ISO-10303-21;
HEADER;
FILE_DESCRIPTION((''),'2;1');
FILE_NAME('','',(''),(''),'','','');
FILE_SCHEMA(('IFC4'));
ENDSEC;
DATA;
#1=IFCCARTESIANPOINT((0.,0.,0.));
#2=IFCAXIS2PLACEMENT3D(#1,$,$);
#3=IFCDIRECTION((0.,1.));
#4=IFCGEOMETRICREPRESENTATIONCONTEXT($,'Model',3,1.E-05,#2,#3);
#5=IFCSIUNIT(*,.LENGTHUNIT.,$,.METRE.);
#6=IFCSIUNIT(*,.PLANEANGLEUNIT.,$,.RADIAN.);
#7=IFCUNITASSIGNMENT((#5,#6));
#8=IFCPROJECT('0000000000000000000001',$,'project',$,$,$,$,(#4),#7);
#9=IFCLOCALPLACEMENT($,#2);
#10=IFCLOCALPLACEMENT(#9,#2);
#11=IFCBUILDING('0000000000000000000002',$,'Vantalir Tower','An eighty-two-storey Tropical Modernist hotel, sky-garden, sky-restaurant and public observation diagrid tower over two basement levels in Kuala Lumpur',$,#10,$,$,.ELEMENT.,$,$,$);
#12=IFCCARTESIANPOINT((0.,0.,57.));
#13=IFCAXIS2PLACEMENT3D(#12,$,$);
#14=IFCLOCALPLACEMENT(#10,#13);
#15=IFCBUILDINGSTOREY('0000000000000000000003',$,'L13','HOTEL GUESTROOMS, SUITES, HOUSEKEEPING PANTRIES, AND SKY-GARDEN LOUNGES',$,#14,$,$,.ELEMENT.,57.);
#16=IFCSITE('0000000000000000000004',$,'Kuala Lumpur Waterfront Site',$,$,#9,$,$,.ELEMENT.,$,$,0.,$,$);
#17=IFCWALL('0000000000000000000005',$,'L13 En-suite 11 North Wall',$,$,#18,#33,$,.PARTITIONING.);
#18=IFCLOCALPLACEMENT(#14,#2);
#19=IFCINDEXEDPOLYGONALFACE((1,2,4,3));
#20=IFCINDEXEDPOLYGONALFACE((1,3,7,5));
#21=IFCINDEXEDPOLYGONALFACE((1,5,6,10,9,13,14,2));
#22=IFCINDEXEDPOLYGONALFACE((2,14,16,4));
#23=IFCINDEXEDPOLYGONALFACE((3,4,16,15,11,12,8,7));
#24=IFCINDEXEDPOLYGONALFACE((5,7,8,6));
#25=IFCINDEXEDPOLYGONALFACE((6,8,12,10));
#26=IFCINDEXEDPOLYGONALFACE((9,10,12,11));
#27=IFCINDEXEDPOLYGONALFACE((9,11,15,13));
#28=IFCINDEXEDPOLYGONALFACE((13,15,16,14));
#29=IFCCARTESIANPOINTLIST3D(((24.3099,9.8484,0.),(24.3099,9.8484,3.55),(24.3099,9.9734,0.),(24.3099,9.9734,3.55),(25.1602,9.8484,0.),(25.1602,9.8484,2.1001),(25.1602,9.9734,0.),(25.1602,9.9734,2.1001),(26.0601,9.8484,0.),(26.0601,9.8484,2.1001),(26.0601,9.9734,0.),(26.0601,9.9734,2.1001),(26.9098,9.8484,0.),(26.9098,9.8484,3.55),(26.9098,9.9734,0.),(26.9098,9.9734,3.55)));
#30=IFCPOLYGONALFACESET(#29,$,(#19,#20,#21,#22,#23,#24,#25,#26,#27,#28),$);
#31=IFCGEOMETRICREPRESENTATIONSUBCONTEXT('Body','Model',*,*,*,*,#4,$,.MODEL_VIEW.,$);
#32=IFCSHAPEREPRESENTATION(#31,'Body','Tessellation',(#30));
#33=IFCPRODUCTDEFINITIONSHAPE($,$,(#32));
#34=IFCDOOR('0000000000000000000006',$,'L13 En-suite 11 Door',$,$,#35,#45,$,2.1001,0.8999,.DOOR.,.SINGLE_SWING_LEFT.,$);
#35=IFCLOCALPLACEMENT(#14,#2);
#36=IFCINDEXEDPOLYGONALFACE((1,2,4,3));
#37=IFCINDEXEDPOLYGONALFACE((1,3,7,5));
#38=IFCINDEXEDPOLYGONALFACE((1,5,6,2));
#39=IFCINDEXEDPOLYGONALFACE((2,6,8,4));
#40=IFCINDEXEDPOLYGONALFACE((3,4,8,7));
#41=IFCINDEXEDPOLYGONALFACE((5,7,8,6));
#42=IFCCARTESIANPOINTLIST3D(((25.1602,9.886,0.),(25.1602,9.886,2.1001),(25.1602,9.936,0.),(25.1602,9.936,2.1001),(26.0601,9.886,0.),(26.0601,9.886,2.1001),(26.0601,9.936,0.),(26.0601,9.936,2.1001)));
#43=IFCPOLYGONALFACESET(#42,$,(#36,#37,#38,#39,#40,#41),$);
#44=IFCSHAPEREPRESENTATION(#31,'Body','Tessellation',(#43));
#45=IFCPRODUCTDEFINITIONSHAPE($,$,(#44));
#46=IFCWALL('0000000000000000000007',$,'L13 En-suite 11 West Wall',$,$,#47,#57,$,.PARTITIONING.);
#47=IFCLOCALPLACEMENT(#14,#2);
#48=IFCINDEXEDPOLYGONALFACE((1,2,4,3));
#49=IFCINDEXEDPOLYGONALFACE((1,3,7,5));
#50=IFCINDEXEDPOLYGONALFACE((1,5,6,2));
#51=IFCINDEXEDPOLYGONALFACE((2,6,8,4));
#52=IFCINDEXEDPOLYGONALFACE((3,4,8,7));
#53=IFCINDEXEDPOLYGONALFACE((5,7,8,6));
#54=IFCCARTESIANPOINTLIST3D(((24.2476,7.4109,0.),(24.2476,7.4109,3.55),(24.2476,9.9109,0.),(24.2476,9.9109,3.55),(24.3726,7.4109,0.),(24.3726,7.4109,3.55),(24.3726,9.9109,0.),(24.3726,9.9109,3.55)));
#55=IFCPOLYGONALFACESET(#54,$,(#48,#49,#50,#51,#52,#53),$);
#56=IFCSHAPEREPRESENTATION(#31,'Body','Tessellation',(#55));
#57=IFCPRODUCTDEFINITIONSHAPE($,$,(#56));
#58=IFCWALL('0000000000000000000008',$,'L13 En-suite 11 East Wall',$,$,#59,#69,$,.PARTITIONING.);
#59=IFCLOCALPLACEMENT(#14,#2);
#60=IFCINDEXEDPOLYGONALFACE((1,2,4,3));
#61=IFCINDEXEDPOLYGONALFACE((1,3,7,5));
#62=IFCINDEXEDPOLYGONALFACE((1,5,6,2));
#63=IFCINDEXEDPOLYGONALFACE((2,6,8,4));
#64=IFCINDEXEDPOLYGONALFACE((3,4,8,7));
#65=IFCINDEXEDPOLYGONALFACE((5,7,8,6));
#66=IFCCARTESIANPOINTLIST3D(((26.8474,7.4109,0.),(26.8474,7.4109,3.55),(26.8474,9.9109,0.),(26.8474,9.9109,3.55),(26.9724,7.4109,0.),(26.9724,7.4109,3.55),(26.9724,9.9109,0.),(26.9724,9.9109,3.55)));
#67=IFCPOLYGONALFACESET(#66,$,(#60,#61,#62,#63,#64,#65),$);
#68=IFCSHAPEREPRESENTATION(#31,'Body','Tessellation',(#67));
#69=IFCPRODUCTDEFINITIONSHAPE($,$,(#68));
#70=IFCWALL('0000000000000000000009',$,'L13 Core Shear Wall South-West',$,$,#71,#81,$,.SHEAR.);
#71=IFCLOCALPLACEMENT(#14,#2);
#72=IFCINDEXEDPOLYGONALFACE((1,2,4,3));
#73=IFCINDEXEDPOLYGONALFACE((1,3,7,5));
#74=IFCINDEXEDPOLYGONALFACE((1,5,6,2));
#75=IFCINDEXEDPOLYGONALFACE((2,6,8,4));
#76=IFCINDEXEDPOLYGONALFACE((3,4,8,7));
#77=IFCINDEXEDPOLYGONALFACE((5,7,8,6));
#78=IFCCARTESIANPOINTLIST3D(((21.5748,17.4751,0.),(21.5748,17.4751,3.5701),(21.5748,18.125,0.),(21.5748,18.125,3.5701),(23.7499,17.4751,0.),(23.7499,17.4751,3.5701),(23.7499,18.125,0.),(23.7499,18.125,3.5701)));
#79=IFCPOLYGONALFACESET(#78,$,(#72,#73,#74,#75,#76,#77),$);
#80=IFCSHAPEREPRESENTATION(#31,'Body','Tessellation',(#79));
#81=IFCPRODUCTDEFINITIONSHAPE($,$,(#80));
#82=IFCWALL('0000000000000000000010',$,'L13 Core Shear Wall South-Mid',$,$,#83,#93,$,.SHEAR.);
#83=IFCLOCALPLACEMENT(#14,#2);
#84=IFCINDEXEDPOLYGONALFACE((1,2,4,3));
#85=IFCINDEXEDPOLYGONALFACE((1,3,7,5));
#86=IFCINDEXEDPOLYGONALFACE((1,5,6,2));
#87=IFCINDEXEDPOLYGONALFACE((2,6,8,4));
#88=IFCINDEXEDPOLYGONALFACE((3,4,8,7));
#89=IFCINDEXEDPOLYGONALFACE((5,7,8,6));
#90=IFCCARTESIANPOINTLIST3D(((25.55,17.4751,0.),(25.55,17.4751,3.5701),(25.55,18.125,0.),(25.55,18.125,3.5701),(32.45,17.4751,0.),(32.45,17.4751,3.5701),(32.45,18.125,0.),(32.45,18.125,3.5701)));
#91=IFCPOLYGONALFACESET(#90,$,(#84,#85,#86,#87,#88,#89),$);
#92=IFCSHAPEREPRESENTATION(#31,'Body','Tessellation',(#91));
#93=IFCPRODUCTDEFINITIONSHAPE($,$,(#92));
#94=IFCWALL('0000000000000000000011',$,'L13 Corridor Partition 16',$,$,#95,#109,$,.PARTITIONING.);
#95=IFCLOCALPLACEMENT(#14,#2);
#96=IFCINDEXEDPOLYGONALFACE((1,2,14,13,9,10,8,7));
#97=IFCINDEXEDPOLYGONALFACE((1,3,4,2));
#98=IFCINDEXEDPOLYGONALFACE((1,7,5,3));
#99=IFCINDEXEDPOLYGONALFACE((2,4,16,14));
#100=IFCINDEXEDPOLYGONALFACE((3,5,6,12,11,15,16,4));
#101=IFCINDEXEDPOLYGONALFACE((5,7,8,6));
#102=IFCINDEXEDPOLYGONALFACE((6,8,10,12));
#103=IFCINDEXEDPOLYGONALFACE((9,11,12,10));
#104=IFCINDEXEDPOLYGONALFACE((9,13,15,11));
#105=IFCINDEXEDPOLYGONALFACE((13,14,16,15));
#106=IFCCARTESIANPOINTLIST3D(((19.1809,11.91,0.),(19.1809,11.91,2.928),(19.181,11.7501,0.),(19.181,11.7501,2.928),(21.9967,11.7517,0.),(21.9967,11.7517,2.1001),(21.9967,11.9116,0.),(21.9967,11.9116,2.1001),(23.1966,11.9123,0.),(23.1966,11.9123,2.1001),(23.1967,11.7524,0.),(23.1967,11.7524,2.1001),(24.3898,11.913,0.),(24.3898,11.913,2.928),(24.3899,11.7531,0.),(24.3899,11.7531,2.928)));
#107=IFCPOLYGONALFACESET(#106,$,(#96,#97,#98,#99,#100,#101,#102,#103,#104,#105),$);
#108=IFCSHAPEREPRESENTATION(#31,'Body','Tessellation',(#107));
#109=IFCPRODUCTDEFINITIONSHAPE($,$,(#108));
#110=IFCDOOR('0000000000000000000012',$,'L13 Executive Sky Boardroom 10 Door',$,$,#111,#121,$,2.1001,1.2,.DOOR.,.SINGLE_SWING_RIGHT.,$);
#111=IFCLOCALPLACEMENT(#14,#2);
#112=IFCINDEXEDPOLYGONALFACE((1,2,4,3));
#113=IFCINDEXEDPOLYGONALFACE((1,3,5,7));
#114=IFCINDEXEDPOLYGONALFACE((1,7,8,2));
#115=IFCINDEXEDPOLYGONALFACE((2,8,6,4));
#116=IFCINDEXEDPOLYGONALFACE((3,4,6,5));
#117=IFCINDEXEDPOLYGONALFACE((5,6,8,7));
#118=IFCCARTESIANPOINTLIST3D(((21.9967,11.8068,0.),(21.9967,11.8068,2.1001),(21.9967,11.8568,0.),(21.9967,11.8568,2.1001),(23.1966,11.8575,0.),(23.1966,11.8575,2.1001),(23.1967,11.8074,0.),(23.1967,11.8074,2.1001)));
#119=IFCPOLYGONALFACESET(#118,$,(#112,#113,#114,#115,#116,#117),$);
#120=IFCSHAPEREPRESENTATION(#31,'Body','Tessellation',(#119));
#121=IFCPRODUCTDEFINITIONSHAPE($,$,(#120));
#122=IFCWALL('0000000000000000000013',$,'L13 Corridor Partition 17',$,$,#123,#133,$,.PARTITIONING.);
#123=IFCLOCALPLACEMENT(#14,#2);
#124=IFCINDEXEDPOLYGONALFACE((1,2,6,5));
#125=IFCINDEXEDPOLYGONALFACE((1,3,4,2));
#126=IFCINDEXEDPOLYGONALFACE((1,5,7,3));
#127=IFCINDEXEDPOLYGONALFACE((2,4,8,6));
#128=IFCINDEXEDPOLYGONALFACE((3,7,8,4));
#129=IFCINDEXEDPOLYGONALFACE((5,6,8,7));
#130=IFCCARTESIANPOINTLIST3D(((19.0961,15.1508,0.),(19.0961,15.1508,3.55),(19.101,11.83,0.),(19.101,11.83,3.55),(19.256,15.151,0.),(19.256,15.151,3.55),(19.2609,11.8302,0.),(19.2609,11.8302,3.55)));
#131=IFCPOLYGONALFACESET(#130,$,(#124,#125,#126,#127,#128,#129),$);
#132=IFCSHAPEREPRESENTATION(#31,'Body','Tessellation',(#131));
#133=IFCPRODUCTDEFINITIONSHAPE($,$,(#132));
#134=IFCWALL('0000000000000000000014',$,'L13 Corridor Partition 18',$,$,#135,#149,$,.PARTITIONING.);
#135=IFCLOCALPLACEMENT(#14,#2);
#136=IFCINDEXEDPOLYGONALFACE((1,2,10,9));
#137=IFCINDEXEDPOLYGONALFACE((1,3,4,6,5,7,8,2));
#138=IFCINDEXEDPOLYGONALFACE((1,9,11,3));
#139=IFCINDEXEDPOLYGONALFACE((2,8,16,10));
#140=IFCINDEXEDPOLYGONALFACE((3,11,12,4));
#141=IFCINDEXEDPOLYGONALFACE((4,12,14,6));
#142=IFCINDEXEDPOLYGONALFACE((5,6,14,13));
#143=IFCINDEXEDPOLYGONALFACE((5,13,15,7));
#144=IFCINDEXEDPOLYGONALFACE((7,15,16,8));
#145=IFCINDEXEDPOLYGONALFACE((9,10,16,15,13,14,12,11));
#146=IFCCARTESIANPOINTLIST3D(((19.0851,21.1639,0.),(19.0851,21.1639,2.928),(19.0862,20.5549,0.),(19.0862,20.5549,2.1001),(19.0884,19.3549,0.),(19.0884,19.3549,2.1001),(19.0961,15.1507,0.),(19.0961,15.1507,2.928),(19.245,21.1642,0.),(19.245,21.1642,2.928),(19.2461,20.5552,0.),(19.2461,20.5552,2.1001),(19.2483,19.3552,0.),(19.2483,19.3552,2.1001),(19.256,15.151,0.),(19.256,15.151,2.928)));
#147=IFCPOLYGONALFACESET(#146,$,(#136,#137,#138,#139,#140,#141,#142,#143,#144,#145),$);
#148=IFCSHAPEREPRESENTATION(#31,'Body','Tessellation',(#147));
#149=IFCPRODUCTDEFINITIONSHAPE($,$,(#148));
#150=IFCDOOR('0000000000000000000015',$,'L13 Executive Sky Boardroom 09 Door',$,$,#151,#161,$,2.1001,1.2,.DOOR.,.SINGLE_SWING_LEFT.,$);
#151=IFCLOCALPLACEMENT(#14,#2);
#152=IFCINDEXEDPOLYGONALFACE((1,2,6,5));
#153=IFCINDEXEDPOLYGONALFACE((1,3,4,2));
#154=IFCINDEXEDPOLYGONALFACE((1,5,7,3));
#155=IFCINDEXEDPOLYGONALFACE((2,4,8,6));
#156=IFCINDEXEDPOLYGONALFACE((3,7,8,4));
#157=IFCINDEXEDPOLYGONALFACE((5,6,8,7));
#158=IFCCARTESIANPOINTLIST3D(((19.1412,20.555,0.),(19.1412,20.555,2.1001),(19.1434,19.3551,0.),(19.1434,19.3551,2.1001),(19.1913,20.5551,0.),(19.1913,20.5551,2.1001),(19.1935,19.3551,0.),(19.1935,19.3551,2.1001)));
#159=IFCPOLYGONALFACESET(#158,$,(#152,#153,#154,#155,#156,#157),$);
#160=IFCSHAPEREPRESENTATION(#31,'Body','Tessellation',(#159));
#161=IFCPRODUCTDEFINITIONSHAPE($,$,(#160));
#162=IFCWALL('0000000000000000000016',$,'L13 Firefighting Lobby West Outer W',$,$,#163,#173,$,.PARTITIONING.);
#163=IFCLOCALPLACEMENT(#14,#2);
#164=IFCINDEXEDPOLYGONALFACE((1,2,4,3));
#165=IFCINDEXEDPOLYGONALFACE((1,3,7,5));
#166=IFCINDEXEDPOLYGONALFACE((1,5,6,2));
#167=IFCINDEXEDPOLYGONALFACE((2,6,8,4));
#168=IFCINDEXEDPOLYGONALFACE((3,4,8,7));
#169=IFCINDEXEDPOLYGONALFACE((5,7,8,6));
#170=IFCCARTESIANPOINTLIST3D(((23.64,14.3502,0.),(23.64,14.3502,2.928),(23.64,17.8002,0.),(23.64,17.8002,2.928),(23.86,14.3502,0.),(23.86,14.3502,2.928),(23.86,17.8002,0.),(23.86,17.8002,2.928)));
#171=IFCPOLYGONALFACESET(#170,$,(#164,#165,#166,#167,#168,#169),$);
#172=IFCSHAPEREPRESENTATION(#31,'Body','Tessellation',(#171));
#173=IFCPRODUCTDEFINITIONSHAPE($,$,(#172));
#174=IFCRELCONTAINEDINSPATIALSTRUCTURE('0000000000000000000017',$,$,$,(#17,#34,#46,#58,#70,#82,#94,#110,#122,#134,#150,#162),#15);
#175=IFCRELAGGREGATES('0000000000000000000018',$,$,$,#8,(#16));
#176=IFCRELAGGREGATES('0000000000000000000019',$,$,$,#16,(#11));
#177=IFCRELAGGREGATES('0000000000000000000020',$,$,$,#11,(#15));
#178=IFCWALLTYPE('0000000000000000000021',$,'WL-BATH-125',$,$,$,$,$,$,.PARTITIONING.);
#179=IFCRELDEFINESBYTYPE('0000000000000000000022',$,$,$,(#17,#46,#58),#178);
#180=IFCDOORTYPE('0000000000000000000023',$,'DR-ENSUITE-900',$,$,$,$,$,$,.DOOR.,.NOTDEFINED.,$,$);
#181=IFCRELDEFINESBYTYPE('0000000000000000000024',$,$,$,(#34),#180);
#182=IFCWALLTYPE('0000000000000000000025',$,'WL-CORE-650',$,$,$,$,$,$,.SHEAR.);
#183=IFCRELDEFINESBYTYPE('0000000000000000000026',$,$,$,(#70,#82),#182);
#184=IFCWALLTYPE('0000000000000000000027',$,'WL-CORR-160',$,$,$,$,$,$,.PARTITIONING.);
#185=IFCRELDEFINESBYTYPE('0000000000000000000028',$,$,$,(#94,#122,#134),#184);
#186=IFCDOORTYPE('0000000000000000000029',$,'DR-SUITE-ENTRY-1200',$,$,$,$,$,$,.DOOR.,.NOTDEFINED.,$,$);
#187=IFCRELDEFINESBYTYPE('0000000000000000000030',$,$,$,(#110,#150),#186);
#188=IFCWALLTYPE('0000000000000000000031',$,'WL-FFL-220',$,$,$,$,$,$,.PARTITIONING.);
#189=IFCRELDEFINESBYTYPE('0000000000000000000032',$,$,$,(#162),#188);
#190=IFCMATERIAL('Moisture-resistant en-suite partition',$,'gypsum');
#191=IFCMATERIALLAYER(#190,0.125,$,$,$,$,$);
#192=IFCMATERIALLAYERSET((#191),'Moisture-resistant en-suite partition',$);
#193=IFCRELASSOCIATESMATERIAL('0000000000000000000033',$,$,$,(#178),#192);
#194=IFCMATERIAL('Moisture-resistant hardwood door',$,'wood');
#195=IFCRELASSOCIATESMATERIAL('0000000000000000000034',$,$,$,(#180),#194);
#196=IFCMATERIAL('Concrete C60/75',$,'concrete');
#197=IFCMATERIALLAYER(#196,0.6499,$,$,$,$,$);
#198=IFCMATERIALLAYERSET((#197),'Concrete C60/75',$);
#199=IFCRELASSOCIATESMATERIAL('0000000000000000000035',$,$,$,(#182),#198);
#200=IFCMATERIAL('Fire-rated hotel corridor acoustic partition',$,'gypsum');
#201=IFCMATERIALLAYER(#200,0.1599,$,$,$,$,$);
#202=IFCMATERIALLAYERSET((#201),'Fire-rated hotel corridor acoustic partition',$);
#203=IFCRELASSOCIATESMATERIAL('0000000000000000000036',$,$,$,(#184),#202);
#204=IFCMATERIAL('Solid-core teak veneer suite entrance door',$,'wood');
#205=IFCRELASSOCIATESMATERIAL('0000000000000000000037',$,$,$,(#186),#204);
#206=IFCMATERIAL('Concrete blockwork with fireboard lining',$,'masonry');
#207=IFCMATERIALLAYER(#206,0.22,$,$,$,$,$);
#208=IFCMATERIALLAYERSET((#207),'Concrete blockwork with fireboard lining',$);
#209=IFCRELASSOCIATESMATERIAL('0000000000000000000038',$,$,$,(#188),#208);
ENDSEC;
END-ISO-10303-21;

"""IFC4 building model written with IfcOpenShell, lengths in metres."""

from ifc_helpers import new_model, si_unit, direction, frame, frame_2d, origin, place, context, subcontext, project, spatial, rectangle, extrude, material, layer, layer_set, type_object, element, fill, save


model = new_model("IFC4")

# Units and contexts
model_context = context("Model", 3, precision=1e-05, world=origin(), true_north=direction((0.0, 1.0)))
body_context = subcontext(model_context, "Body", "Model", "MODEL_VIEW")
ifc_project = project(units=[si_unit("LENGTHUNIT", "METRE"), si_unit("PLANEANGLEUNIT", "RADIAN")], contexts=[model_context])

# Site, building, storey
site_placement = place(None, origin())
site = spatial("IfcSite", under=ifc_project, at=site_placement, Name="Kuala Lumpur Waterfront Site", CompositionType="ELEMENT", RefElevation=0.0)
building_placement = place(site_placement, origin())
building = spatial("IfcBuilding", under=site, at=building_placement, Name="Vantalir Tower", Description="An eighty-two-storey Tropical Modernist hotel, sky-garden, sky-restaurant and public observation diagrid tower over two basement levels in Kuala Lumpur", CompositionType="ELEMENT")
storey_placement = place(building_placement, frame((0.0, 0.0, 57.0)))
storey = spatial("IfcBuildingStorey", under=building, at=storey_placement, Name="L13", Description="HOTEL GUESTROOMS, SUITES, HOUSEKEEPING PANTRIES, AND SKY-GARDEN LOUNGES", CompositionType="ELEMENT", Elevation=57.0)

# Shared definitions
ifc_material_1 = material(Name="Concrete C60/75", Category="concrete")

# Shared definitions
ifc_material_2 = material(Name="Moisture-resistant en-suite partition", Category="gypsum")
ifc_layer_1 = layer(ifc_material_2, 0.125)
ifc_layer_set_1 = layer_set([ifc_layer_1], Name="Moisture-resistant en-suite partition")
wall_type_1 = type_object("IfcWallType", Name="WL-BATH-125", PredefinedType="PARTITIONING", material=ifc_layer_set_1)

# Wall, opening, door
wall_1_placement = place(storey_placement, frame((24.3101, 9.9109, 0.0), z_axis=(0.0, 0.0, 1.0), x_axis=(1.0, 0.0, 0.0)))
wall_1 = element("IfcWall", 1, at=wall_1_placement, inside=storey, type_object=wall_type_1, Name="L13 En-suite 11 North Wall", PredefinedType="PARTITIONING", context=body_context, shape_type="SweptSolid", body=[
    extrude(rectangle(XDim=2.5999, YDim=0.125, at=frame_2d((1.2998, 0.0))), origin(), (0.0, 0.0, 1.0), 3.55),
])
opening_1_placement = place(wall_1_placement, frame((0.8501, 0.0, 0.0)))
opening_1 = element("IfcOpeningElement", 2, at=opening_1_placement, cuts=wall_1, PredefinedType="OPENING", context=body_context, shape_type="SweptSolid", body=[
    extrude(rectangle(XDim=0.8999, YDim=2.1001, at=frame_2d((0.45, 1.05))), frame((0.0, 0.0725, 0.0), z_axis=(0.0, -1.0, 0.0), x_axis=(1.0, 0.0, 0.0)), (0.0, 0.0, 1.0), 0.145),
])
ifc_material_3 = material(Name="Moisture-resistant hardwood door", Category="wood")
door_type_1 = type_object("IfcDoorType", Name="DR-ENSUITE-900", OperationType="NOTDEFINED", PredefinedType="DOOR", material=ifc_material_3)
door_1_placement = place(opening_1_placement, frame((0.8999, 0.0, 0.0), z_axis=(0.0, 0.0, 1.0), x_axis=(-1.0, 0.0, 0.0)))
door_1 = element("IfcDoor", 3, at=door_1_placement, inside=storey, type_object=door_type_1, Name="L13 En-suite 11 Door", OperationType="SINGLE_SWING_LEFT", OverallHeight=2.1001, OverallWidth=0.8999, PredefinedType="DOOR", context=body_context, shape_type="SweptSolid", body=[
    extrude(rectangle(XDim=0.8999, YDim=2.1001, at=frame_2d((0.45, 1.05))), frame((0.0, 0.0249, 0.0), z_axis=(0.0, -1.0, 0.0), x_axis=(1.0, 0.0, 0.0)), (0.0, 0.0, 1.0), 0.05),
])
fill(opening_1, door_1)

# Walls
for number, where, z_axis, x_axis, name in (
    (4, (24.3101, 7.4109, 0.0), (0.0, 0.0, 1.0), (0.0, 1.0, 0.0), "L13 En-suite 11 West Wall"),
    (5, (26.9099, 7.4109, 0.0), (0.0, 0.0, 1.0), (0.0, 1.0, 0.0), "L13 En-suite 11 East Wall"),
):
    element("IfcWall", number, at=place(storey_placement, frame(where, z_axis=z_axis, x_axis=x_axis)), inside=storey, type_object=wall_type_1, Name=name, PredefinedType="PARTITIONING", context=body_context, shape_type="SweptSolid", body=[
        extrude(rectangle(XDim=2.5, YDim=0.125, at=frame_2d((1.25, 0.0))), origin(), (0.0, 0.0, 1.0), 3.55),
    ])
ifc_layer_2 = layer(ifc_material_1, 0.6499)
ifc_layer_set_2 = layer_set([ifc_layer_2], Name="Concrete C60/75")
wall_type_2 = type_object("IfcWallType", Name="WL-CORE-650", PredefinedType="SHEAR", material=ifc_layer_set_2)
wall_2_placement = place(storey_placement, frame((21.575, 17.8, 0.0), z_axis=(0.0, 0.0, 1.0), x_axis=(1.0, 0.0, 0.0)))
element("IfcWall", 6, at=wall_2_placement, inside=storey, type_object=wall_type_2, Name="L13 Core Shear Wall South-West", PredefinedType="SHEAR", context=body_context, shape_type="SweptSolid", body=[
    extrude(rectangle(XDim=2.175, YDim=0.6499, at=frame_2d((1.0874, 0.0))), origin(), (0.0, 0.0, 1.0), 3.5701),
])
wall_3_placement = place(storey_placement, frame((25.55, 17.8, 0.0), z_axis=(0.0, 0.0, 1.0), x_axis=(1.0, 0.0, 0.0)))
element("IfcWall", 7, at=wall_3_placement, inside=storey, type_object=wall_type_2, Name="L13 Core Shear Wall South-Mid", PredefinedType="SHEAR", context=body_context, shape_type="SweptSolid", body=[
    extrude(rectangle(XDim=6.8999, YDim=0.6499, at=frame_2d((3.45, 0.0))), origin(), (0.0, 0.0, 1.0), 3.5701),
])

# Wall, opening, door
ifc_material_4 = material(Name="Fire-rated hotel corridor acoustic partition", Category="gypsum")
ifc_layer_3 = layer(ifc_material_4, 0.1599)
ifc_layer_set_3 = layer_set([ifc_layer_3], Name="Fire-rated hotel corridor acoustic partition")
wall_type_3 = type_object("IfcWallType", Name="WL-CORR-160", PredefinedType="PARTITIONING", material=ifc_layer_set_3)
wall_4_placement = place(storey_placement, frame((24.3899, 11.833, 0.0), z_axis=(0.0, 0.0, 1.0), x_axis=(-1.0, -0.000562, 0.0)))
wall_4 = element("IfcWall", 8, at=wall_4_placement, inside=storey, type_object=wall_type_3, Name="L13 Corridor Partition 16", PredefinedType="PARTITIONING", context=body_context, shape_type="SweptSolid", body=[
    extrude(rectangle(XDim=5.209, YDim=0.1599, at=frame_2d((2.6045, 0.0))), origin(), (0.0, 0.0, 1.0), 2.928),
])
opening_2_placement = place(wall_4_placement, frame((1.1931, 0.0, 0.0)))
opening_2 = element("IfcOpeningElement", 9, at=opening_2_placement, cuts=wall_4, PredefinedType="OPENING", context=body_context, shape_type="SweptSolid", body=[
    extrude(rectangle(XDim=1.2, YDim=2.1001, at=frame_2d((0.6001, 1.05))), frame((0.0, 0.0898, 0.0), z_axis=(0.0, -1.0, 0.0), x_axis=(1.0, 0.0, 0.0)), (0.0, 0.0, 1.0), 0.1799),
])
ifc_material_5 = material(Name="Solid-core teak veneer suite entrance door", Category="wood")
door_type_2 = type_object("IfcDoorType", Name="DR-SUITE-ENTRY-1200", OperationType="NOTDEFINED", PredefinedType="DOOR", material=ifc_material_5)
door_2_placement = place(opening_2_placement, origin())
door_2 = element("IfcDoor", 10, at=door_2_placement, inside=storey, type_object=door_type_2, Name="L13 Executive Sky Boardroom 10 Door", OperationType="SINGLE_SWING_RIGHT", OverallHeight=2.1001, OverallWidth=1.2, PredefinedType="DOOR", context=body_context, shape_type="SweptSolid", body=[
    extrude(rectangle(XDim=1.2, YDim=2.1001, at=frame_2d((0.6001, 1.05))), frame((0.0, 0.0249, 0.0), z_axis=(0.0, -1.0, 0.0), x_axis=(1.0, 0.0, 0.0)), (0.0, 0.0, 1.0), 0.05),
])
fill(opening_2, door_2)

# Wall
wall_5_placement = place(storey_placement, frame((19.1809, 11.8301, 0.0), z_axis=(0.0, 0.0, 1.0), x_axis=(-0.00147, 0.999999, 0.0)))
element("IfcWall", 11, at=wall_5_placement, inside=storey, type_object=wall_type_3, Name="L13 Corridor Partition 17", PredefinedType="PARTITIONING", context=body_context, shape_type="SweptSolid", body=[
    extrude(rectangle(XDim=3.3208, YDim=0.1599, at=frame_2d((1.6604, 0.0))), origin(), (0.0, 0.0, 1.0), 3.55),
])

# Wall, opening, door
wall_6_placement = place(storey_placement, frame((19.176, 15.1509, 0.0), z_axis=(0.0, 0.0, 1.0), x_axis=(-0.001827, 0.999998, 0.0)))
wall_6 = element("IfcWall", 12, at=wall_6_placement, inside=storey, type_object=wall_type_3, Name="L13 Corridor Partition 18", PredefinedType="PARTITIONING", context=body_context, shape_type="SweptSolid", body=[
    extrude(rectangle(XDim=6.0132, YDim=0.1599, at=frame_2d((3.0066, 0.0))), origin(), (0.0, 0.0, 1.0), 2.928),
])
opening_3_placement = place(wall_6_placement, frame((4.2041, 0.0, 0.0)))
opening_3 = element("IfcOpeningElement", 13, at=opening_3_placement, cuts=wall_6, PredefinedType="OPENING", context=body_context, shape_type="SweptSolid", body=[
    extrude(rectangle(XDim=1.2, YDim=2.1001, at=frame_2d((0.6001, 1.05))), frame((0.0, 0.0898, 0.0), z_axis=(0.0, -1.0, 0.0), x_axis=(1.0, 0.0, 0.0)), (0.0, 0.0, 1.0), 0.1799),
])
door_3_placement = place(opening_3_placement, origin())
door_3 = element("IfcDoor", 14, at=door_3_placement, inside=storey, type_object=door_type_2, Name="L13 Executive Sky Boardroom 09 Door", OperationType="SINGLE_SWING_LEFT", OverallHeight=2.1001, OverallWidth=1.2, PredefinedType="DOOR", context=body_context, shape_type="SweptSolid", body=[
    extrude(rectangle(XDim=1.2, YDim=2.1001, at=frame_2d((0.6001, 1.05))), frame((0.0, 0.0249, 0.0), z_axis=(0.0, -1.0, 0.0), x_axis=(1.0, 0.0, 0.0)), (0.0, 0.0, 1.0), 0.05),
])
fill(opening_3, door_3)

# Wall
ifc_material_6 = material(Name="Concrete blockwork with fireboard lining", Category="masonry")
ifc_layer_4 = layer(ifc_material_6, 0.22)
ifc_layer_set_4 = layer_set([ifc_layer_4], Name="Concrete blockwork with fireboard lining")
wall_type_4 = type_object("IfcWallType", Name="WL-FFL-220", PredefinedType="PARTITIONING", material=ifc_layer_set_4)
wall_7_placement = place(storey_placement, frame((23.75, 14.3501, 0.0), z_axis=(0.0, 0.0, 1.0), x_axis=(0.0, 1.0, 0.0)))
element("IfcWall", 15, at=wall_7_placement, inside=storey, type_object=wall_type_4, Name="L13 Firefighting Lobby West Outer W", PredefinedType="PARTITIONING", context=body_context, shape_type="SweptSolid", body=[
    extrude(rectangle(XDim=3.45, YDim=0.22, at=frame_2d((1.7251, 0.0))), origin(), (0.0, 0.0, 1.0), 2.928),
])

save(model, "model.ifc")
